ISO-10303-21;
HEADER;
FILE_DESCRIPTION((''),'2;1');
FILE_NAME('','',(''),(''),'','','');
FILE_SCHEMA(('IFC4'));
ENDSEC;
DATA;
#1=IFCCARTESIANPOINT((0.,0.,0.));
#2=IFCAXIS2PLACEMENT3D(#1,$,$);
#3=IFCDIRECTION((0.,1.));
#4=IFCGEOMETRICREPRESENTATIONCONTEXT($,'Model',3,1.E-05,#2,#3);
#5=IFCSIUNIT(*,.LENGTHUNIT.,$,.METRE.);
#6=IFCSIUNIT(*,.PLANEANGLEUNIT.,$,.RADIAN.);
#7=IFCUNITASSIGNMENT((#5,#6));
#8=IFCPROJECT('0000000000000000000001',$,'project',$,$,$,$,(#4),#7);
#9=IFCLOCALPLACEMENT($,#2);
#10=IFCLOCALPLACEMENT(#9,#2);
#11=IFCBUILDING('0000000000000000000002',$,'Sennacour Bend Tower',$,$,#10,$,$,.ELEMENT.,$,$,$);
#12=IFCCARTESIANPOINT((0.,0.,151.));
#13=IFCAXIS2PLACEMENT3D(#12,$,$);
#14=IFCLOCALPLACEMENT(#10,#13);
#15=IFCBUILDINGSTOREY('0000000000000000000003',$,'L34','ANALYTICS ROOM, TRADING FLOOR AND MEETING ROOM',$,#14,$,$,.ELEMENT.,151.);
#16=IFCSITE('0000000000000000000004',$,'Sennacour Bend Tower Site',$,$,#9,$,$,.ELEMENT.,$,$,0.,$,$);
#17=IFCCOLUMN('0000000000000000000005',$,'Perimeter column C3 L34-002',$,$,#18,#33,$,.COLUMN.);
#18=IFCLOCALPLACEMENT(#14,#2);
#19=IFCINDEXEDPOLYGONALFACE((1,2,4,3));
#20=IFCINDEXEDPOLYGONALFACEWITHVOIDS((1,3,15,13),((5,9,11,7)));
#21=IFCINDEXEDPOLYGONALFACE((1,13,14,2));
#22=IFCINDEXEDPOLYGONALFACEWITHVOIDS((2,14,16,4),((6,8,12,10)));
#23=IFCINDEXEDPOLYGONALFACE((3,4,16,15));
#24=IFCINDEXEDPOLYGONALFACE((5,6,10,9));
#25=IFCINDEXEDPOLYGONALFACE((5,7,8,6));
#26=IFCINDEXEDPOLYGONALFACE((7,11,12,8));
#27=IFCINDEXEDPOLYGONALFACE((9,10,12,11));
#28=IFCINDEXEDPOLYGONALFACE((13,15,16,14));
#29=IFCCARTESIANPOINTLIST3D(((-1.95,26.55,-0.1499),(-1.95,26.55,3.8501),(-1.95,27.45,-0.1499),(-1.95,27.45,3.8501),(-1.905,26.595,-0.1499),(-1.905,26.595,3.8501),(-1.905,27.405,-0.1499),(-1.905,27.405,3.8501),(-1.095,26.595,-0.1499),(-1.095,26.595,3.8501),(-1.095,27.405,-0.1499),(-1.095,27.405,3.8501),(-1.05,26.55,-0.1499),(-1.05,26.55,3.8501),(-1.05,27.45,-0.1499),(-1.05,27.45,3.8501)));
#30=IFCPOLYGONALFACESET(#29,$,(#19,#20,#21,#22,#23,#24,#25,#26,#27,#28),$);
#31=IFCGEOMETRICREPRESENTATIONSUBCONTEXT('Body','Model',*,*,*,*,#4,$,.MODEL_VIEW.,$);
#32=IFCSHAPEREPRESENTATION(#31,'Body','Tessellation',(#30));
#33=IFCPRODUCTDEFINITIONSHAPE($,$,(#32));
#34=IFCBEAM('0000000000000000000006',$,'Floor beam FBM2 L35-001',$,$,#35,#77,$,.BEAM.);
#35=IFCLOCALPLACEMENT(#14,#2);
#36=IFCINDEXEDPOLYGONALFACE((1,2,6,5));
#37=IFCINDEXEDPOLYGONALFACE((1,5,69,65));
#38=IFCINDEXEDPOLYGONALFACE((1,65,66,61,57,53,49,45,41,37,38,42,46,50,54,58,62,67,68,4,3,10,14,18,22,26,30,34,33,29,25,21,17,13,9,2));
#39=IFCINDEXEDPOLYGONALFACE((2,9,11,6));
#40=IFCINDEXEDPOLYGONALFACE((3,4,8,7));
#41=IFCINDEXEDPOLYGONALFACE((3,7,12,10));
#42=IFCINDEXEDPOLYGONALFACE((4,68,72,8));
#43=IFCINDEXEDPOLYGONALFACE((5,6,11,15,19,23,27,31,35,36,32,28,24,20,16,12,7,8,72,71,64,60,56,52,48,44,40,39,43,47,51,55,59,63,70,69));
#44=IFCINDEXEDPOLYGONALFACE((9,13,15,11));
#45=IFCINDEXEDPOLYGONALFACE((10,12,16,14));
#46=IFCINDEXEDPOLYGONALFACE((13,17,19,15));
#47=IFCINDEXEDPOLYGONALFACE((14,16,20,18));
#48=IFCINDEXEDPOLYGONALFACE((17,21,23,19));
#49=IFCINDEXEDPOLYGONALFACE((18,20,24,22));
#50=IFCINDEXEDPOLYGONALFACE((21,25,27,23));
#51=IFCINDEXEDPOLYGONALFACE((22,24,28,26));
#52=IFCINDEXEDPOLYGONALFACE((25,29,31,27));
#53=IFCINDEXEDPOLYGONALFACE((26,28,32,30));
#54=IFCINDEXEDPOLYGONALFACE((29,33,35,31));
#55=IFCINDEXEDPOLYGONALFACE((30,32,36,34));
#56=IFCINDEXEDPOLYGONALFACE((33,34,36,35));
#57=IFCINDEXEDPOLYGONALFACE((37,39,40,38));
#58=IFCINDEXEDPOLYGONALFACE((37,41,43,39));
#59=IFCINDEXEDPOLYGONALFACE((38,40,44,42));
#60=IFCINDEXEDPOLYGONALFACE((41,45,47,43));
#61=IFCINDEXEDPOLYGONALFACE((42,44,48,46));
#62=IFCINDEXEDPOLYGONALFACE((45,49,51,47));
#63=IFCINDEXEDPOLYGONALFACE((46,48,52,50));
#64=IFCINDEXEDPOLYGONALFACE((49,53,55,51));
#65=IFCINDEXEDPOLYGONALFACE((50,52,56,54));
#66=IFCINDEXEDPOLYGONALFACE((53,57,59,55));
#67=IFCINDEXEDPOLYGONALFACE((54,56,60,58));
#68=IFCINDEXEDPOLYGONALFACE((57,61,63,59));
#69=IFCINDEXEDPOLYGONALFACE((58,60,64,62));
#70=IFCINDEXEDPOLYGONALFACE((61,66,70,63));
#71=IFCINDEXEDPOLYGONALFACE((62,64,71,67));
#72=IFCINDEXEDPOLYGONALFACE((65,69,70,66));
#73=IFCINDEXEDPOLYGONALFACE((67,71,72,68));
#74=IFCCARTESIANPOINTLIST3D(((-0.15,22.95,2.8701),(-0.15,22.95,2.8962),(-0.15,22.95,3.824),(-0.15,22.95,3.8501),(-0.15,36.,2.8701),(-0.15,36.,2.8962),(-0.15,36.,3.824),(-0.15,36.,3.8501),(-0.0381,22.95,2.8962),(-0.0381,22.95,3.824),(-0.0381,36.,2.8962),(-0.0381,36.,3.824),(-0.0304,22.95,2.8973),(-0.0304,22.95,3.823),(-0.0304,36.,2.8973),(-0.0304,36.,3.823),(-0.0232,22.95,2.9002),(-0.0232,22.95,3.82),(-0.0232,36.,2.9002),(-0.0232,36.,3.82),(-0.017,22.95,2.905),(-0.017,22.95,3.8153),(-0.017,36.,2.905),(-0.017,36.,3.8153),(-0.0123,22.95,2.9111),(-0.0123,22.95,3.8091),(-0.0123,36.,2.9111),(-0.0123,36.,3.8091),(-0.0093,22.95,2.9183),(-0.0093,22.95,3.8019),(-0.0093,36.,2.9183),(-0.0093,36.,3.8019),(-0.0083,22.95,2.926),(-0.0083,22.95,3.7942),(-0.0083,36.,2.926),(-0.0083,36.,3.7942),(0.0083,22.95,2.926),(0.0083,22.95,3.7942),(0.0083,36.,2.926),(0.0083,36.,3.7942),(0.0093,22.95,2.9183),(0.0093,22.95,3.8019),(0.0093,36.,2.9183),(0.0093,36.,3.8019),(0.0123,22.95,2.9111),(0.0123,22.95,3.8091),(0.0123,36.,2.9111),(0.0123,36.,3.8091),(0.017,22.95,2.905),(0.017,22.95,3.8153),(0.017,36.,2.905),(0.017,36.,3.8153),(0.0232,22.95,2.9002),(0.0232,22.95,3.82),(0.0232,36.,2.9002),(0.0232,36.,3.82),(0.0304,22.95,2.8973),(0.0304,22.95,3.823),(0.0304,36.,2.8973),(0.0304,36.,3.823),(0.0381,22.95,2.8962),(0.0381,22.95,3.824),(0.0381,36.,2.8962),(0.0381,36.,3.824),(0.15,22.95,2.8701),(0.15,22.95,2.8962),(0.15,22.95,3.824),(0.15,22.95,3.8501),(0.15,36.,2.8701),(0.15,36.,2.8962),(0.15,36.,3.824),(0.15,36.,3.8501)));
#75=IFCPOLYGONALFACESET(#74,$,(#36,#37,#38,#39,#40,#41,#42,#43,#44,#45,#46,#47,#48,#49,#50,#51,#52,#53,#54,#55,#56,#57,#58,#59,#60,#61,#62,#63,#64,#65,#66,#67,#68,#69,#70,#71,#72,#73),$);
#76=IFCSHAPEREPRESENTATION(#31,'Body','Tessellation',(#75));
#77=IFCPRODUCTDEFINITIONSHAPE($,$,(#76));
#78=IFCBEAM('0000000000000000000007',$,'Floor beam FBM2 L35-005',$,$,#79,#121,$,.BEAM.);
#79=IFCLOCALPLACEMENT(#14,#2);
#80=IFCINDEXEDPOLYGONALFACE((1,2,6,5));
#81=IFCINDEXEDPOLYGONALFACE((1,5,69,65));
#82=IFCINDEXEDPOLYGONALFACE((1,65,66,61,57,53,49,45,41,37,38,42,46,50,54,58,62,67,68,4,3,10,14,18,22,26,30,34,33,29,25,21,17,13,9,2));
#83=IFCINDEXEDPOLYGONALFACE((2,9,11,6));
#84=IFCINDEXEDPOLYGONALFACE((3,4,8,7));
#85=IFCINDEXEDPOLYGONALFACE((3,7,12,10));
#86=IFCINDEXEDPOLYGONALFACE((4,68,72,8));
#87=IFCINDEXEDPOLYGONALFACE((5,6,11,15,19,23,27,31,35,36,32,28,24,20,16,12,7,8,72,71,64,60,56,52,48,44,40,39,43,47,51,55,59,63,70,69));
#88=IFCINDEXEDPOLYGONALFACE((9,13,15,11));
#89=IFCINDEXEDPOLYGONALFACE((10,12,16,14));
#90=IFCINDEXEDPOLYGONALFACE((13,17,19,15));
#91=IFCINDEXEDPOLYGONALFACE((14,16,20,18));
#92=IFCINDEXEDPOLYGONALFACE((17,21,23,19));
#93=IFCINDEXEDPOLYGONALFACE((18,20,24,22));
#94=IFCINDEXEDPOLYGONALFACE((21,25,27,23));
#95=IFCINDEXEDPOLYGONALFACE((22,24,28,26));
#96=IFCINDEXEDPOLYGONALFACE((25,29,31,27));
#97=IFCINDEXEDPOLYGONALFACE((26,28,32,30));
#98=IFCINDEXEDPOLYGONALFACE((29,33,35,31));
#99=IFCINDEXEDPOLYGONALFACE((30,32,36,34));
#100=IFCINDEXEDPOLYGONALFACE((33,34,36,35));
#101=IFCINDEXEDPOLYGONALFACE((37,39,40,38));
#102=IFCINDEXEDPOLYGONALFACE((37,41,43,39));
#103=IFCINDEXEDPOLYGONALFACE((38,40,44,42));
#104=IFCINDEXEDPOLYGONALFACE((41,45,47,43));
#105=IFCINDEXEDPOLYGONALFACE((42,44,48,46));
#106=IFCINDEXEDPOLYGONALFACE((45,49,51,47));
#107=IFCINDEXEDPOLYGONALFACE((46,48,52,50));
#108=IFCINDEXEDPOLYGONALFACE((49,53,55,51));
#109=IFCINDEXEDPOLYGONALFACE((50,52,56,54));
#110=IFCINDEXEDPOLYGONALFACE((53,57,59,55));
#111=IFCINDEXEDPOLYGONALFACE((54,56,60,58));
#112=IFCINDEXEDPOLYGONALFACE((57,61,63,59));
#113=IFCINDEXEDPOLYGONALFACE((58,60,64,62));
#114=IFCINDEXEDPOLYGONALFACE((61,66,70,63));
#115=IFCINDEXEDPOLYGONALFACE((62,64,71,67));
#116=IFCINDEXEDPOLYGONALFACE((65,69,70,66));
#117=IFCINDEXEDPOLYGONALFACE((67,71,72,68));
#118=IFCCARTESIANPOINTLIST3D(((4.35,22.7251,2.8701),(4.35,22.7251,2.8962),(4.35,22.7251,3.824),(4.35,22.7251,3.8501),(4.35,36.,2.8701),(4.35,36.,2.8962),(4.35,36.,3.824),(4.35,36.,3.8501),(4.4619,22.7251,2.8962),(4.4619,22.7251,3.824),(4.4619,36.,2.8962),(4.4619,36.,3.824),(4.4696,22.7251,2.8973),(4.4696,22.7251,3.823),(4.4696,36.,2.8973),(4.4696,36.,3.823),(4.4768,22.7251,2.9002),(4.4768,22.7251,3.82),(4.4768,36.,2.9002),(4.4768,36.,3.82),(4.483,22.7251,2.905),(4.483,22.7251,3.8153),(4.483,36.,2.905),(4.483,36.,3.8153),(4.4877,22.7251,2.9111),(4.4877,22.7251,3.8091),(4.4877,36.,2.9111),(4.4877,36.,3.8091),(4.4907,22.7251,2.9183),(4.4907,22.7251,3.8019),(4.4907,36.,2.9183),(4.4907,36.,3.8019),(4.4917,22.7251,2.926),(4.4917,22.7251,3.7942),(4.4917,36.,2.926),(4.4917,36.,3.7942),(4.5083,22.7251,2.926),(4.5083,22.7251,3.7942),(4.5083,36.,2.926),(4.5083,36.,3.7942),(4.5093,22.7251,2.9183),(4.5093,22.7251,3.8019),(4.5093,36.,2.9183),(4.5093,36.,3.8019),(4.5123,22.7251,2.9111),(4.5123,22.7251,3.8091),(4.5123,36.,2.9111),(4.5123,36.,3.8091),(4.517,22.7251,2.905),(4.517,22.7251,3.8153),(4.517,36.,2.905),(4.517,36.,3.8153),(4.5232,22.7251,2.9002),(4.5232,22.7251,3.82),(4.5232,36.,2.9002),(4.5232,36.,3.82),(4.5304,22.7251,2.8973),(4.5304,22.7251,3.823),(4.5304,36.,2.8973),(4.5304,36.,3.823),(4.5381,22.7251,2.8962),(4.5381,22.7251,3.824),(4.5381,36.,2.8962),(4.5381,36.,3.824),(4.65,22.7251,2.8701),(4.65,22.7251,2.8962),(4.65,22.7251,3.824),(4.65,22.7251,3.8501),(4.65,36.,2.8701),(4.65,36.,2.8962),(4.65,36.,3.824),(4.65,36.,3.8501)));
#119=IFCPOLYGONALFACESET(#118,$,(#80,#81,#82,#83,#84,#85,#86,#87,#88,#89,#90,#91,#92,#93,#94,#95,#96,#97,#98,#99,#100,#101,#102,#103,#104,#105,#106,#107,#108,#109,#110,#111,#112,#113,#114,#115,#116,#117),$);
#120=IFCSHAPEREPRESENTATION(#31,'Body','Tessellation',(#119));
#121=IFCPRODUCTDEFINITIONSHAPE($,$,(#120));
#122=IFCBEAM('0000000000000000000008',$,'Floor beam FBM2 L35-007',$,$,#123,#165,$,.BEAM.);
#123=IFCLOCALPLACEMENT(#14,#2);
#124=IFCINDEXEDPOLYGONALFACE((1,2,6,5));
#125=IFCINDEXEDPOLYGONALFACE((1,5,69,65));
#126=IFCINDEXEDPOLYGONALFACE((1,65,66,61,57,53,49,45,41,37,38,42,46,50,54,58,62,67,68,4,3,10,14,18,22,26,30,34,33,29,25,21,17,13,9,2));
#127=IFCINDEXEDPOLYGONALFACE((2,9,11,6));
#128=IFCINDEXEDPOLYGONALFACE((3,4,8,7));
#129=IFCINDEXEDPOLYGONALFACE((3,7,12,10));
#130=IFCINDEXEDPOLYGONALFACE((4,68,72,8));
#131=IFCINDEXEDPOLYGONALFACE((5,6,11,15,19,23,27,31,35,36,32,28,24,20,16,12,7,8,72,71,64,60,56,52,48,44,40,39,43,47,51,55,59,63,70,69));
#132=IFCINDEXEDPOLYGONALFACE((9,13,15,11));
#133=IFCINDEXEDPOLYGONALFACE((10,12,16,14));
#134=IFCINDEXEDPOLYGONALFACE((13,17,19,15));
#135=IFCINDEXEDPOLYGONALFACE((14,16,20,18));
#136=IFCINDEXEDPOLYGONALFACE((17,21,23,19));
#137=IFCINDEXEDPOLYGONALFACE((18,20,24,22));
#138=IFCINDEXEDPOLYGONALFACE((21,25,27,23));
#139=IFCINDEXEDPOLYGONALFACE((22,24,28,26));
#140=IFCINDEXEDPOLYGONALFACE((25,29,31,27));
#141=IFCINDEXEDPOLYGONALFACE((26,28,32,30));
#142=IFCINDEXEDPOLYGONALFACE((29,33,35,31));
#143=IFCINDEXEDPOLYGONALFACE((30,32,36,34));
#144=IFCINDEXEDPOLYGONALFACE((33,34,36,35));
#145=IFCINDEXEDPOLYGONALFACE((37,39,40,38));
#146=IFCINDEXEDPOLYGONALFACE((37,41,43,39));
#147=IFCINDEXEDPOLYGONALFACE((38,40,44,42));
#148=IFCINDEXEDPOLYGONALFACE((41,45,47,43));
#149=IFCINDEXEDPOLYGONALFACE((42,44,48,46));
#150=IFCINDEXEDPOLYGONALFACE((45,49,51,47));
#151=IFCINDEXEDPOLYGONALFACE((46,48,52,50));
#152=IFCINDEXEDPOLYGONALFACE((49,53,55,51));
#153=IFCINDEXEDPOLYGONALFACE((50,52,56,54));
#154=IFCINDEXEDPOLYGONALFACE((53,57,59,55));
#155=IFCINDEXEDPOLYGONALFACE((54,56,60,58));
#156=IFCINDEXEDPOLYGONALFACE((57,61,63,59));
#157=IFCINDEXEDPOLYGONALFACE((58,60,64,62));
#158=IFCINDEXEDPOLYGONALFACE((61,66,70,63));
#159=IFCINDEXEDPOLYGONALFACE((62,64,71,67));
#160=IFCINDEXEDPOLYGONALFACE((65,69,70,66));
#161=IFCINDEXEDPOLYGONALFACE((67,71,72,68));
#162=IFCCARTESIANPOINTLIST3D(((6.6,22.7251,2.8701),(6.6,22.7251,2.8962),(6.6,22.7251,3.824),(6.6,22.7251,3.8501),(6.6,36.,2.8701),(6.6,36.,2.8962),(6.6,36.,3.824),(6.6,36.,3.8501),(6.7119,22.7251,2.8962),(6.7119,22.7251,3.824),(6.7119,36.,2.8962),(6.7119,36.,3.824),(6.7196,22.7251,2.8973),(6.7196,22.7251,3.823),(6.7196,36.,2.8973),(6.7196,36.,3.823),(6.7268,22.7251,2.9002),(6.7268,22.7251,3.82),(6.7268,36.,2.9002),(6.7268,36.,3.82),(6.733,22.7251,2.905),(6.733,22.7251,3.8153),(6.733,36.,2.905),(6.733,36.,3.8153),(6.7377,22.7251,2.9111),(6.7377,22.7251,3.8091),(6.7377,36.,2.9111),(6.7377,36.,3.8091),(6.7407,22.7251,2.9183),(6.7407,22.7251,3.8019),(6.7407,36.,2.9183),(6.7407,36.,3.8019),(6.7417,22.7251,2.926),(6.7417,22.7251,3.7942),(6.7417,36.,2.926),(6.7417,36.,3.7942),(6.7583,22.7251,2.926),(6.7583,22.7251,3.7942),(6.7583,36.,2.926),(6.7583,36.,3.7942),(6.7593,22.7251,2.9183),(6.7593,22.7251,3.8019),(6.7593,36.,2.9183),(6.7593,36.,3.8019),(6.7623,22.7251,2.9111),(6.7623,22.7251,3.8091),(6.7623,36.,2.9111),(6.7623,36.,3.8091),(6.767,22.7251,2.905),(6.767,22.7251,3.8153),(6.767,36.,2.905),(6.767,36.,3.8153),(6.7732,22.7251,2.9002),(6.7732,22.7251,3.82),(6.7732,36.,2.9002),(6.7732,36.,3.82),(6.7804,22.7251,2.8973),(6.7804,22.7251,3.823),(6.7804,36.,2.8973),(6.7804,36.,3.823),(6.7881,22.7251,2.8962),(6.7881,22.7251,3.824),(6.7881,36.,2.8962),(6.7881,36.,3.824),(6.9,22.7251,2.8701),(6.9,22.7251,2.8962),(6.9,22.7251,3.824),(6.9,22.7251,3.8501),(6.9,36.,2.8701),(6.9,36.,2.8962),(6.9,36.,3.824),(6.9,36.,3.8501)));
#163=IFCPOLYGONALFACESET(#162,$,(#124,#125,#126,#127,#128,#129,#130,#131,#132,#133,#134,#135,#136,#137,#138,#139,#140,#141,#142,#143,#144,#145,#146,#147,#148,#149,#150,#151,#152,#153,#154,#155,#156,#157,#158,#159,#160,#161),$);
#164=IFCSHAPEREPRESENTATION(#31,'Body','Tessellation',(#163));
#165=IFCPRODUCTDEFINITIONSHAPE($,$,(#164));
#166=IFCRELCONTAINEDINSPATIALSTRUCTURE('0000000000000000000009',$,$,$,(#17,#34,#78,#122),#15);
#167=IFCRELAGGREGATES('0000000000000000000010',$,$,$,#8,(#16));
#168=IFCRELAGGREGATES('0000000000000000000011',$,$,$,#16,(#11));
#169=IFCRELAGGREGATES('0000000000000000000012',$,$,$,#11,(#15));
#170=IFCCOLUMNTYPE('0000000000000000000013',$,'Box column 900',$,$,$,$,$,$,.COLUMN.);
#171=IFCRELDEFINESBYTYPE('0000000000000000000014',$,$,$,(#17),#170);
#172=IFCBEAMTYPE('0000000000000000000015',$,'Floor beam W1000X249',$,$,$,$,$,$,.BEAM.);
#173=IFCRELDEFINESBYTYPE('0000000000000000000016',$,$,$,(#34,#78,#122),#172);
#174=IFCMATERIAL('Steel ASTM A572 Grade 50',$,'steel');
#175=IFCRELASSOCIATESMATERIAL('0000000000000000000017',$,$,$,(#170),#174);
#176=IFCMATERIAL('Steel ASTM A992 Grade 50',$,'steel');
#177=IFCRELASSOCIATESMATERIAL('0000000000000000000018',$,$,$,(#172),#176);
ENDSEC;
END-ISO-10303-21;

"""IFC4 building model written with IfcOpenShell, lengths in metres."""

from ifc_helpers import new_model, si_unit, direction, frame, origin, origin_2d, place, context, subcontext, project, spatial, hollow_rectangle, i_section, extrude, material, material_profile, profile_set, type_object, element, save


model = new_model("IFC4")

# Units and contexts
model_context = context("Model", 3, precision=1e-05, world=origin(), true_north=direction((0.0, 1.0)))
body_context = subcontext(model_context, "Body", "Model", "MODEL_VIEW")
ifc_project = project(units=[si_unit("LENGTHUNIT", "METRE"), si_unit("PLANEANGLEUNIT", "RADIAN")], contexts=[model_context])

# Site, building, storey
site_placement = place(None, origin())
site = spatial("IfcSite", under=ifc_project, at=site_placement, Name="Sennacour Bend Tower Site", CompositionType="ELEMENT", RefElevation=0.0)
building_placement = place(site_placement, origin())
building = spatial("IfcBuilding", under=site, at=building_placement, Name="Sennacour Bend Tower", CompositionType="ELEMENT")
storey_placement = place(building_placement, frame((0.0, 0.0, 151.0)))
storey = spatial("IfcBuildingStorey", under=building, at=storey_placement, Name="L34", Description="ANALYTICS ROOM, TRADING FLOOR AND MEETING ROOM", CompositionType="ELEMENT", Elevation=151.0)

# Column
ifc_material_1 = material(Name="Steel ASTM A572 Grade 50", Category="steel")
ifc_material_profile_1 = material_profile(ifc_material_1, hollow_rectangle(XDim=0.8999, YDim=0.8999, WallThickness=0.0449, at=origin_2d()), Name="Steel ASTM A572 Grade 50", Category="steel")
ifc_profile_set_1 = profile_set([ifc_material_profile_1], Name="Steel ASTM A572 Grade 50")
column_type = type_object("IfcColumnType", Name="Box column 900", PredefinedType="COLUMN", material=ifc_profile_set_1)
column_placement = place(storey_placement, frame((-1.5, 27.0, -0.1499), z_axis=(0.0, 0.0, 1.0), x_axis=(1.0, 0.0, 0.0)))
element("IfcColumn", 1, at=column_placement, inside=storey, type_object=column_type, Name="Perimeter column C3 L34-002", PredefinedType="COLUMN", context=body_context, shape_type="SweptSolid", body=[
    extrude(hollow_rectangle(XDim=0.8999, YDim=0.8999, WallThickness=0.0449, at=origin_2d()), origin(), (0.0, 0.0, 1.0), 4.0),
])

# Beams
ifc_material_2 = material(Name="Steel ASTM A992 Grade 50", Category="steel")
ifc_material_profile_2 = material_profile(ifc_material_2, i_section(OverallWidth=0.3, OverallDepth=0.98, WebThickness=0.0166, FlangeThickness=0.0261, FilletRadius=0.0298, at=origin_2d()), Name="Steel ASTM A992 Grade 50", Category="steel")
ifc_profile_set_2 = profile_set([ifc_material_profile_2], Name="Steel ASTM A992 Grade 50")
beam_type_1 = type_object("IfcBeamType", Name="Floor beam W1000X249", PredefinedType="BEAM", material=ifc_profile_set_2)
beam_1_placement = place(storey_placement, frame((0.0, 22.95, 3.3601), z_axis=(0.0, 1.0, 0.0), x_axis=(-1.0, 0.0, 0.0)))
element("IfcBeam", 2, at=beam_1_placement, inside=storey, type_object=beam_type_1, Name="Floor beam FBM2 L35-001", PredefinedType="BEAM", context=body_context, shape_type="SweptSolid", body=[
    extrude(i_section(OverallWidth=0.3, OverallDepth=0.98, WebThickness=0.0166, FlangeThickness=0.0261, FilletRadius=0.0298, at=origin_2d()), origin(), (0.0, 0.0, 1.0), 13.05),
])
for number, where, z_axis, x_axis, name in (
    (3, (4.5, 22.7251, 3.3601), (0.0, 1.0, 0.0), (-1.0, 0.0, 0.0), "Floor beam FBM2 L35-005"),
    (4, (6.75, 22.7251, 3.3601), (0.0, 1.0, 0.0), (-1.0, 0.0, 0.0), "Floor beam FBM2 L35-007"),
):
    element("IfcBeam", number, at=place(storey_placement, frame(where, z_axis=z_axis, x_axis=x_axis)), inside=storey, type_object=beam_type_1, Name=name, PredefinedType="BEAM", context=body_context, shape_type="SweptSolid", body=[
        extrude(i_section(OverallWidth=0.3, OverallDepth=0.98, WebThickness=0.0166, FlangeThickness=0.0261, FilletRadius=0.0298, at=origin_2d()), origin(), (0.0, 0.0, 1.0), 13.2749),
    ])

save(model, "model.ifc")
